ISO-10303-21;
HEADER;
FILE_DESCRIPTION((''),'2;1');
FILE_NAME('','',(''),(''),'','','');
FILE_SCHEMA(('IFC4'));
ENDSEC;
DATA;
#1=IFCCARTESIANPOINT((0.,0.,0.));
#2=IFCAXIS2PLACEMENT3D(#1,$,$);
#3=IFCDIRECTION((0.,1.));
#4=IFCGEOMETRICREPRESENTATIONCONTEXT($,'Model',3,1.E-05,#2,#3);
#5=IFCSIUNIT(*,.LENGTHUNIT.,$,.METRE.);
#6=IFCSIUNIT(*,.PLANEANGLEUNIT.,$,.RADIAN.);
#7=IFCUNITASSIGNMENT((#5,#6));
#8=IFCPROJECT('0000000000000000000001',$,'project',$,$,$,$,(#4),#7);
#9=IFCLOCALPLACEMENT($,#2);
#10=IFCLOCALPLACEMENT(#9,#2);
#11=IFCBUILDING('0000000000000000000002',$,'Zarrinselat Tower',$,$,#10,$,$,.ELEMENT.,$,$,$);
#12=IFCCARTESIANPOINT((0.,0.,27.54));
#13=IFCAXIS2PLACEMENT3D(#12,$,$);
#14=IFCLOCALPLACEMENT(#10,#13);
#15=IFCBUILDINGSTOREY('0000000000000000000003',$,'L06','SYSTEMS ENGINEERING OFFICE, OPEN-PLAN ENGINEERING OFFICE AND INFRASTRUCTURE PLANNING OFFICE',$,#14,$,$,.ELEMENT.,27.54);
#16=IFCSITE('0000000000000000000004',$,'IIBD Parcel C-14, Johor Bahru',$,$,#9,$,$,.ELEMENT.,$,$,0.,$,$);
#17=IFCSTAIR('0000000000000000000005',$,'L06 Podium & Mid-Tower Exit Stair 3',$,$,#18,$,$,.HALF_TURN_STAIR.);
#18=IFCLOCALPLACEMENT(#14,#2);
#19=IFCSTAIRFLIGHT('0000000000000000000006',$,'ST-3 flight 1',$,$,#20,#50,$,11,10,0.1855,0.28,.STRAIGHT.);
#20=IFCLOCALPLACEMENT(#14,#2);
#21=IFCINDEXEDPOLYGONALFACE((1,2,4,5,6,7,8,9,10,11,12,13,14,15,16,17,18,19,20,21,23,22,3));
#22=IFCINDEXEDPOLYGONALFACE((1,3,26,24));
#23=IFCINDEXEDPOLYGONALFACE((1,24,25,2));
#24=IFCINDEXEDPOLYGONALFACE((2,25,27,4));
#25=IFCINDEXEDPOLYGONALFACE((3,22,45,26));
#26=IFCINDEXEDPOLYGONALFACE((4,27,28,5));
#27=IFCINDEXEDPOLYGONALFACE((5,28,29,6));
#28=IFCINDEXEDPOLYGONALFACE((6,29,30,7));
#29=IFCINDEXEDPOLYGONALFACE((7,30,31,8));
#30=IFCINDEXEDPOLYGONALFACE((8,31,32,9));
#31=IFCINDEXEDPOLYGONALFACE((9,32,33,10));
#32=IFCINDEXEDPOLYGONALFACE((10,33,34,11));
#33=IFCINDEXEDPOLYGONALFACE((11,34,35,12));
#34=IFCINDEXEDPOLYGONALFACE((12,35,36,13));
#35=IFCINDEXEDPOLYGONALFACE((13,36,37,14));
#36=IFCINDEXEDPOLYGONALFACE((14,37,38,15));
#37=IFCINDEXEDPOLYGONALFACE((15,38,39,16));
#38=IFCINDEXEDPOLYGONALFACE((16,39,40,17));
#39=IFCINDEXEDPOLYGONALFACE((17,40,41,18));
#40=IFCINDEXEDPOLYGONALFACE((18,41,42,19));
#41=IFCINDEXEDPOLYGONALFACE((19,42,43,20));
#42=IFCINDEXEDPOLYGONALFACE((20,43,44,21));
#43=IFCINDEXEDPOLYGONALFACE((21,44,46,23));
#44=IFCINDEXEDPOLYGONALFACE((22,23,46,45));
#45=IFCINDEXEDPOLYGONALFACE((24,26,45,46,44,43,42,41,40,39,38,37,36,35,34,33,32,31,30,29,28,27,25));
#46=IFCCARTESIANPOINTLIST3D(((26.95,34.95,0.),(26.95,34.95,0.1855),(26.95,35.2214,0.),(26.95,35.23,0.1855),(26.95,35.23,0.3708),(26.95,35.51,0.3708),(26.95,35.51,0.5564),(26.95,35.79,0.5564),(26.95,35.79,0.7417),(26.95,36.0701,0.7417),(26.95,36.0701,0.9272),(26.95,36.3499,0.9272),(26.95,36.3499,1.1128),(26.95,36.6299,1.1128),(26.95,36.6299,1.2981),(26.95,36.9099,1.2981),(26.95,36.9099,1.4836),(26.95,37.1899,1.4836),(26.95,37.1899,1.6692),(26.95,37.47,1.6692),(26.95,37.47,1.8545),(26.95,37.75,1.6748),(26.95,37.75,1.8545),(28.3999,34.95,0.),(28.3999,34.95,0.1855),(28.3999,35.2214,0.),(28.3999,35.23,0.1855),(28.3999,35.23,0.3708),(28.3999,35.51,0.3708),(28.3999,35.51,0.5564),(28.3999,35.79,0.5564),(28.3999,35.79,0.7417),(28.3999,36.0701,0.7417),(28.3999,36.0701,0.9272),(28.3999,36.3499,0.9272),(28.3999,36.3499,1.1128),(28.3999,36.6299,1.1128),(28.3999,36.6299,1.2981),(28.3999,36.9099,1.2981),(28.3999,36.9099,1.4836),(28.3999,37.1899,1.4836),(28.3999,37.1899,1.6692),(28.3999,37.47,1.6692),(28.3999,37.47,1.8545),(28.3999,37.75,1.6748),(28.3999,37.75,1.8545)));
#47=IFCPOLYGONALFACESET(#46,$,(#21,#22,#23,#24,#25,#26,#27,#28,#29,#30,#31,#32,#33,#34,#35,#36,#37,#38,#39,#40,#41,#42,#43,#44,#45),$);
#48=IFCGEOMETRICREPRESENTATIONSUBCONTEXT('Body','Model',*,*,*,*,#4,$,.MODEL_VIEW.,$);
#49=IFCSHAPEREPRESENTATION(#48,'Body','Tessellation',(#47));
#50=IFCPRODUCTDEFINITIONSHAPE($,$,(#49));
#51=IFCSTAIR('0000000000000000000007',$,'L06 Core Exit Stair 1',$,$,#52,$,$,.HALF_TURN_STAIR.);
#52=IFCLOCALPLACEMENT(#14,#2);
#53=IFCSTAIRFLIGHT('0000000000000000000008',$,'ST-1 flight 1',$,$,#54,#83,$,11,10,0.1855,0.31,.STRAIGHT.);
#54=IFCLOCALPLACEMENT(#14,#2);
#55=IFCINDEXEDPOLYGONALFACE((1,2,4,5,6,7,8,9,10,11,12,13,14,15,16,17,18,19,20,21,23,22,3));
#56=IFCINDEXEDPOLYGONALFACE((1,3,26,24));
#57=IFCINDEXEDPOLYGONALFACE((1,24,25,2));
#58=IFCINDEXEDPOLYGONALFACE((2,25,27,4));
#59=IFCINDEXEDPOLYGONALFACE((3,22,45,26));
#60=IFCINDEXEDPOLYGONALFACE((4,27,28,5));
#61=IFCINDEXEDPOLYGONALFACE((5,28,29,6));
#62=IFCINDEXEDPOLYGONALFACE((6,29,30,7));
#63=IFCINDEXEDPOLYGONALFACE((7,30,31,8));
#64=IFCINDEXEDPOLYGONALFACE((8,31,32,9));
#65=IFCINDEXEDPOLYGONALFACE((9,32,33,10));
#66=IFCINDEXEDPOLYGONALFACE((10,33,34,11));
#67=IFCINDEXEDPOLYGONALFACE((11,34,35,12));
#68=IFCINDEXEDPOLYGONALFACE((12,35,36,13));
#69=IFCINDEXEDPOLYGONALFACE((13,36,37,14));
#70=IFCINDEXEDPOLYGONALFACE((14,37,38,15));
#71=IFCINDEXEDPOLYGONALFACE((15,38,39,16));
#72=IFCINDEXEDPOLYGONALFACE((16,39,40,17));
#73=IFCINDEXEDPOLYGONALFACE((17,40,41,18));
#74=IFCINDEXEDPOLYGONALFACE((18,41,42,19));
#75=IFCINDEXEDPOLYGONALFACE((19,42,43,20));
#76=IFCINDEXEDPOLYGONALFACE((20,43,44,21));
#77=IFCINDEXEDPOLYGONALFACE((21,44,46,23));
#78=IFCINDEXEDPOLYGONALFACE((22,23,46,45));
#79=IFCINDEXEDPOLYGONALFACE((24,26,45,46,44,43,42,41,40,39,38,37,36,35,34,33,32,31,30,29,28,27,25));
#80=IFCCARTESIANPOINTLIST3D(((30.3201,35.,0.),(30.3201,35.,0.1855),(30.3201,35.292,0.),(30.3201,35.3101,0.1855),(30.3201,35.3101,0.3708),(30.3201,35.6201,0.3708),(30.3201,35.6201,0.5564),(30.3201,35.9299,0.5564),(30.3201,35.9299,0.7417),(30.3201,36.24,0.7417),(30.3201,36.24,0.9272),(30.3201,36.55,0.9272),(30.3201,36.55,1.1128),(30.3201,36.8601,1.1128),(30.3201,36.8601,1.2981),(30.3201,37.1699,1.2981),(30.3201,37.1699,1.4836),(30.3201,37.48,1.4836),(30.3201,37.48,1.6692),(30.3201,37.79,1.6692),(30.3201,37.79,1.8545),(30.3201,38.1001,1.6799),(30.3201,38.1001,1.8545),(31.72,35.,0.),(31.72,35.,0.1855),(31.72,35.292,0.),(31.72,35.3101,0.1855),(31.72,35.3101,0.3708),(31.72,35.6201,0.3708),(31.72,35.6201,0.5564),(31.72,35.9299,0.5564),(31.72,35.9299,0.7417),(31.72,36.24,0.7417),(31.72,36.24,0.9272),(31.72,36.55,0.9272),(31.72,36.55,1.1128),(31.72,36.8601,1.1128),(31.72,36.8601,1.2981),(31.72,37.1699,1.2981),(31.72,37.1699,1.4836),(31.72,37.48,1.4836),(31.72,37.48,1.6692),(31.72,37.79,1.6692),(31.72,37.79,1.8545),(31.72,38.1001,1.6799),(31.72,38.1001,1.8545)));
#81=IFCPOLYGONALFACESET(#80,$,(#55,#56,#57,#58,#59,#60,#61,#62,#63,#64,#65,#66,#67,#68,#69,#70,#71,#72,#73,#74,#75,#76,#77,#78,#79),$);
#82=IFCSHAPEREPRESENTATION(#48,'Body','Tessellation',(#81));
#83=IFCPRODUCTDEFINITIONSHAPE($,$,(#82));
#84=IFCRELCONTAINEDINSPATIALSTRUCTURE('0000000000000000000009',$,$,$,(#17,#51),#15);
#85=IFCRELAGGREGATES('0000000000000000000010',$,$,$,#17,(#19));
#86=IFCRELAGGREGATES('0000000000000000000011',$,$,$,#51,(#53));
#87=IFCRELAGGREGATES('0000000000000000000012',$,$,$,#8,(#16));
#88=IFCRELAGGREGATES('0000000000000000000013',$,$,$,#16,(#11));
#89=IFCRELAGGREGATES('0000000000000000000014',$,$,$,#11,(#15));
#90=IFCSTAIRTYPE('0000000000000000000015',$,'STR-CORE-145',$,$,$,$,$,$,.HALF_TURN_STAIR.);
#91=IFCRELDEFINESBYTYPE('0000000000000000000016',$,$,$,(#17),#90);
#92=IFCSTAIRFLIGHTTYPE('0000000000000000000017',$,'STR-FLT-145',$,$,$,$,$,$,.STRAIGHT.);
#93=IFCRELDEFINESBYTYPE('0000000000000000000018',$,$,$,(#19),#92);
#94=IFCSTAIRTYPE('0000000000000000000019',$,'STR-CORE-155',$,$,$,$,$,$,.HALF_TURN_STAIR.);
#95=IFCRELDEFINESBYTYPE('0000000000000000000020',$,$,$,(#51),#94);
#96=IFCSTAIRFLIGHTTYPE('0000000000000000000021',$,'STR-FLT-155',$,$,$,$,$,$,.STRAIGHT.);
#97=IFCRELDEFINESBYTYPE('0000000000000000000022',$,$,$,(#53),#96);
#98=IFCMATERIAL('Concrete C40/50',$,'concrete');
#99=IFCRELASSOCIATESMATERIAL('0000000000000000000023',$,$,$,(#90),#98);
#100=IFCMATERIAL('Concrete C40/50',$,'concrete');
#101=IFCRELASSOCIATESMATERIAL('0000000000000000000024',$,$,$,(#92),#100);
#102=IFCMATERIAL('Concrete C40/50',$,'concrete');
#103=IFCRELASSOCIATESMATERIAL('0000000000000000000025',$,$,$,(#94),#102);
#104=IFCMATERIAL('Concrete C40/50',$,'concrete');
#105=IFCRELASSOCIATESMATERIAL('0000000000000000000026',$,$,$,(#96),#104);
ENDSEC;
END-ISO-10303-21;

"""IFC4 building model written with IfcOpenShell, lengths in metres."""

from ifc_helpers import new_model, si_unit, direction, frame, origin, place, context, subcontext, project, spatial, polyline, outline, extrude, material, type_object, element, aggregate, save


model = new_model("IFC4")

# Units and contexts
model_context = context("Model", 3, precision=1e-05, world=origin(), true_north=direction((0.0, 1.0)))
body_context = subcontext(model_context, "Body", "Model", "MODEL_VIEW")
ifc_project = project(units=[si_unit("LENGTHUNIT", "METRE"), si_unit("PLANEANGLEUNIT", "RADIAN")], contexts=[model_context])

# Site, building, storey
site_placement = place(None, origin())
site = spatial("IfcSite", under=ifc_project, at=site_placement, Name="IIBD Parcel C-14, Johor Bahru", CompositionType="ELEMENT", RefElevation=0.0)
building_placement = place(site_placement, origin())
building = spatial("IfcBuilding", under=site, at=building_placement, Name="Zarrinselat Tower", CompositionType="ELEMENT")
storey_placement = place(building_placement, frame((0.0, 0.0, 27.54)))
storey = spatial("IfcBuildingStorey", under=building, at=storey_placement, Name="L06", Description="SYSTEMS ENGINEERING OFFICE, OPEN-PLAN ENGINEERING OFFICE AND INFRASTRUCTURE PLANNING OFFICE", CompositionType="ELEMENT", Elevation=27.54)

# Stairs, stair flights
ifc_material_1 = material(Name="Concrete C40/50", Category="concrete")
stair_type_1 = type_object("IfcStairType", Name="STR-CORE-145", PredefinedType="HALF_TURN_STAIR", material=ifc_material_1)
stair_1_placement = place(storey_placement, origin())
stair_1 = element("IfcStair", 1, at=stair_1_placement, inside=storey, type_object=stair_type_1, Name="L06 Podium & Mid-Tower Exit Stair 3", PredefinedType="HALF_TURN_STAIR")
ifc_material_2 = material(Name="Concrete C40/50", Category="concrete")
stair_flight_type_1 = type_object("IfcStairFlightType", Name="STR-FLT-145", PredefinedType="STRAIGHT", material=ifc_material_2)
stair_flight_1_placement = place(storey_placement, frame((27.675, 34.95, 0.0), z_axis=(0.0, 0.0, 1.0), x_axis=(0.0, 1.0, 0.0)))
stair_flight_1 = element("IfcStairFlight", 2, at=stair_flight_1_placement, type_object=stair_flight_type_1, Name="ST-3 flight 1", NumberOfRisers=11, NumberOfTreads=10, PredefinedType="STRAIGHT", RiserHeight=0.1855, TreadLength=0.28, context=body_context, shape_type="SweptSolid", body=[
    extrude(outline(polyline([(0.0, 0.0), (0.0, 0.1855), (0.28, 0.1855), (0.28, 0.3708), (0.5601, 0.3708), (0.5601, 0.5564), (0.8401, 0.5564), (0.8401, 0.7417), (1.1201, 0.7417), (1.1201, 0.9272), (1.3999, 0.9272), (1.3999, 1.1128), (1.6799, 1.1128), (1.6799, 1.2981), (1.96, 1.2981), (1.96, 1.4836), (2.24, 1.4836), (2.24, 1.6692), (2.52, 1.6692), (2.52, 1.8545), (2.8, 1.8545), (2.8, 2.04), (2.8, 1.6748), (0.2715, 0.0), (0.0, 0.0)])), frame((0.0, 0.7251, 0.0), z_axis=(0.0, -1.0, 0.0), x_axis=(1.0, 0.0, 0.0)), (0.0, 0.0, 1.0), 1.45),
])
aggregate(stair_1, [stair_flight_1])
ifc_material_3 = material(Name="Concrete C40/50", Category="concrete")
stair_type_2 = type_object("IfcStairType", Name="STR-CORE-155", PredefinedType="HALF_TURN_STAIR", material=ifc_material_3)
stair_2_placement = place(storey_placement, origin())
stair_2 = element("IfcStair", 3, at=stair_2_placement, inside=storey, type_object=stair_type_2, Name="L06 Core Exit Stair 1", PredefinedType="HALF_TURN_STAIR")
ifc_material_4 = material(Name="Concrete C40/50", Category="concrete")
stair_flight_type_2 = type_object("IfcStairFlightType", Name="STR-FLT-155", PredefinedType="STRAIGHT", material=ifc_material_4)
stair_flight_2_placement = place(storey_placement, frame((31.02, 35.0, 0.0), z_axis=(0.0, 0.0, 1.0), x_axis=(0.0, 1.0, 0.0)))
stair_flight_2 = element("IfcStairFlight", 4, at=stair_flight_2_placement, type_object=stair_flight_type_2, Name="ST-1 flight 1", NumberOfRisers=11, NumberOfTreads=10, PredefinedType="STRAIGHT", RiserHeight=0.1855, TreadLength=0.31, context=body_context, shape_type="SweptSolid", body=[
    extrude(outline(polyline([(0.0, 0.0), (0.0, 0.1855), (0.3101, 0.1855), (0.3101, 0.3708), (0.6201, 0.3708), (0.6201, 0.5564), (0.9299, 0.5564), (0.9299, 0.7417), (1.24, 0.7417), (1.24, 0.9272), (1.55, 0.9272), (1.55, 1.1128), (1.8601, 1.1128), (1.8601, 1.2981), (2.1699, 1.2981), (2.1699, 1.4836), (2.48, 1.4836), (2.48, 1.6692), (2.79, 1.6692), (2.79, 1.8545), (3.1001, 1.8545), (3.1001, 2.04), (3.1001, 1.6799), (0.292, 0.0), (0.0, 0.0)])), frame((0.0, 0.7, 0.0), z_axis=(0.0, -1.0, 0.0), x_axis=(1.0, 0.0, 0.0)), (0.0, 0.0, 1.0), 1.3999),
])
aggregate(stair_2, [stair_flight_2])

save(model, "model.ifc")
